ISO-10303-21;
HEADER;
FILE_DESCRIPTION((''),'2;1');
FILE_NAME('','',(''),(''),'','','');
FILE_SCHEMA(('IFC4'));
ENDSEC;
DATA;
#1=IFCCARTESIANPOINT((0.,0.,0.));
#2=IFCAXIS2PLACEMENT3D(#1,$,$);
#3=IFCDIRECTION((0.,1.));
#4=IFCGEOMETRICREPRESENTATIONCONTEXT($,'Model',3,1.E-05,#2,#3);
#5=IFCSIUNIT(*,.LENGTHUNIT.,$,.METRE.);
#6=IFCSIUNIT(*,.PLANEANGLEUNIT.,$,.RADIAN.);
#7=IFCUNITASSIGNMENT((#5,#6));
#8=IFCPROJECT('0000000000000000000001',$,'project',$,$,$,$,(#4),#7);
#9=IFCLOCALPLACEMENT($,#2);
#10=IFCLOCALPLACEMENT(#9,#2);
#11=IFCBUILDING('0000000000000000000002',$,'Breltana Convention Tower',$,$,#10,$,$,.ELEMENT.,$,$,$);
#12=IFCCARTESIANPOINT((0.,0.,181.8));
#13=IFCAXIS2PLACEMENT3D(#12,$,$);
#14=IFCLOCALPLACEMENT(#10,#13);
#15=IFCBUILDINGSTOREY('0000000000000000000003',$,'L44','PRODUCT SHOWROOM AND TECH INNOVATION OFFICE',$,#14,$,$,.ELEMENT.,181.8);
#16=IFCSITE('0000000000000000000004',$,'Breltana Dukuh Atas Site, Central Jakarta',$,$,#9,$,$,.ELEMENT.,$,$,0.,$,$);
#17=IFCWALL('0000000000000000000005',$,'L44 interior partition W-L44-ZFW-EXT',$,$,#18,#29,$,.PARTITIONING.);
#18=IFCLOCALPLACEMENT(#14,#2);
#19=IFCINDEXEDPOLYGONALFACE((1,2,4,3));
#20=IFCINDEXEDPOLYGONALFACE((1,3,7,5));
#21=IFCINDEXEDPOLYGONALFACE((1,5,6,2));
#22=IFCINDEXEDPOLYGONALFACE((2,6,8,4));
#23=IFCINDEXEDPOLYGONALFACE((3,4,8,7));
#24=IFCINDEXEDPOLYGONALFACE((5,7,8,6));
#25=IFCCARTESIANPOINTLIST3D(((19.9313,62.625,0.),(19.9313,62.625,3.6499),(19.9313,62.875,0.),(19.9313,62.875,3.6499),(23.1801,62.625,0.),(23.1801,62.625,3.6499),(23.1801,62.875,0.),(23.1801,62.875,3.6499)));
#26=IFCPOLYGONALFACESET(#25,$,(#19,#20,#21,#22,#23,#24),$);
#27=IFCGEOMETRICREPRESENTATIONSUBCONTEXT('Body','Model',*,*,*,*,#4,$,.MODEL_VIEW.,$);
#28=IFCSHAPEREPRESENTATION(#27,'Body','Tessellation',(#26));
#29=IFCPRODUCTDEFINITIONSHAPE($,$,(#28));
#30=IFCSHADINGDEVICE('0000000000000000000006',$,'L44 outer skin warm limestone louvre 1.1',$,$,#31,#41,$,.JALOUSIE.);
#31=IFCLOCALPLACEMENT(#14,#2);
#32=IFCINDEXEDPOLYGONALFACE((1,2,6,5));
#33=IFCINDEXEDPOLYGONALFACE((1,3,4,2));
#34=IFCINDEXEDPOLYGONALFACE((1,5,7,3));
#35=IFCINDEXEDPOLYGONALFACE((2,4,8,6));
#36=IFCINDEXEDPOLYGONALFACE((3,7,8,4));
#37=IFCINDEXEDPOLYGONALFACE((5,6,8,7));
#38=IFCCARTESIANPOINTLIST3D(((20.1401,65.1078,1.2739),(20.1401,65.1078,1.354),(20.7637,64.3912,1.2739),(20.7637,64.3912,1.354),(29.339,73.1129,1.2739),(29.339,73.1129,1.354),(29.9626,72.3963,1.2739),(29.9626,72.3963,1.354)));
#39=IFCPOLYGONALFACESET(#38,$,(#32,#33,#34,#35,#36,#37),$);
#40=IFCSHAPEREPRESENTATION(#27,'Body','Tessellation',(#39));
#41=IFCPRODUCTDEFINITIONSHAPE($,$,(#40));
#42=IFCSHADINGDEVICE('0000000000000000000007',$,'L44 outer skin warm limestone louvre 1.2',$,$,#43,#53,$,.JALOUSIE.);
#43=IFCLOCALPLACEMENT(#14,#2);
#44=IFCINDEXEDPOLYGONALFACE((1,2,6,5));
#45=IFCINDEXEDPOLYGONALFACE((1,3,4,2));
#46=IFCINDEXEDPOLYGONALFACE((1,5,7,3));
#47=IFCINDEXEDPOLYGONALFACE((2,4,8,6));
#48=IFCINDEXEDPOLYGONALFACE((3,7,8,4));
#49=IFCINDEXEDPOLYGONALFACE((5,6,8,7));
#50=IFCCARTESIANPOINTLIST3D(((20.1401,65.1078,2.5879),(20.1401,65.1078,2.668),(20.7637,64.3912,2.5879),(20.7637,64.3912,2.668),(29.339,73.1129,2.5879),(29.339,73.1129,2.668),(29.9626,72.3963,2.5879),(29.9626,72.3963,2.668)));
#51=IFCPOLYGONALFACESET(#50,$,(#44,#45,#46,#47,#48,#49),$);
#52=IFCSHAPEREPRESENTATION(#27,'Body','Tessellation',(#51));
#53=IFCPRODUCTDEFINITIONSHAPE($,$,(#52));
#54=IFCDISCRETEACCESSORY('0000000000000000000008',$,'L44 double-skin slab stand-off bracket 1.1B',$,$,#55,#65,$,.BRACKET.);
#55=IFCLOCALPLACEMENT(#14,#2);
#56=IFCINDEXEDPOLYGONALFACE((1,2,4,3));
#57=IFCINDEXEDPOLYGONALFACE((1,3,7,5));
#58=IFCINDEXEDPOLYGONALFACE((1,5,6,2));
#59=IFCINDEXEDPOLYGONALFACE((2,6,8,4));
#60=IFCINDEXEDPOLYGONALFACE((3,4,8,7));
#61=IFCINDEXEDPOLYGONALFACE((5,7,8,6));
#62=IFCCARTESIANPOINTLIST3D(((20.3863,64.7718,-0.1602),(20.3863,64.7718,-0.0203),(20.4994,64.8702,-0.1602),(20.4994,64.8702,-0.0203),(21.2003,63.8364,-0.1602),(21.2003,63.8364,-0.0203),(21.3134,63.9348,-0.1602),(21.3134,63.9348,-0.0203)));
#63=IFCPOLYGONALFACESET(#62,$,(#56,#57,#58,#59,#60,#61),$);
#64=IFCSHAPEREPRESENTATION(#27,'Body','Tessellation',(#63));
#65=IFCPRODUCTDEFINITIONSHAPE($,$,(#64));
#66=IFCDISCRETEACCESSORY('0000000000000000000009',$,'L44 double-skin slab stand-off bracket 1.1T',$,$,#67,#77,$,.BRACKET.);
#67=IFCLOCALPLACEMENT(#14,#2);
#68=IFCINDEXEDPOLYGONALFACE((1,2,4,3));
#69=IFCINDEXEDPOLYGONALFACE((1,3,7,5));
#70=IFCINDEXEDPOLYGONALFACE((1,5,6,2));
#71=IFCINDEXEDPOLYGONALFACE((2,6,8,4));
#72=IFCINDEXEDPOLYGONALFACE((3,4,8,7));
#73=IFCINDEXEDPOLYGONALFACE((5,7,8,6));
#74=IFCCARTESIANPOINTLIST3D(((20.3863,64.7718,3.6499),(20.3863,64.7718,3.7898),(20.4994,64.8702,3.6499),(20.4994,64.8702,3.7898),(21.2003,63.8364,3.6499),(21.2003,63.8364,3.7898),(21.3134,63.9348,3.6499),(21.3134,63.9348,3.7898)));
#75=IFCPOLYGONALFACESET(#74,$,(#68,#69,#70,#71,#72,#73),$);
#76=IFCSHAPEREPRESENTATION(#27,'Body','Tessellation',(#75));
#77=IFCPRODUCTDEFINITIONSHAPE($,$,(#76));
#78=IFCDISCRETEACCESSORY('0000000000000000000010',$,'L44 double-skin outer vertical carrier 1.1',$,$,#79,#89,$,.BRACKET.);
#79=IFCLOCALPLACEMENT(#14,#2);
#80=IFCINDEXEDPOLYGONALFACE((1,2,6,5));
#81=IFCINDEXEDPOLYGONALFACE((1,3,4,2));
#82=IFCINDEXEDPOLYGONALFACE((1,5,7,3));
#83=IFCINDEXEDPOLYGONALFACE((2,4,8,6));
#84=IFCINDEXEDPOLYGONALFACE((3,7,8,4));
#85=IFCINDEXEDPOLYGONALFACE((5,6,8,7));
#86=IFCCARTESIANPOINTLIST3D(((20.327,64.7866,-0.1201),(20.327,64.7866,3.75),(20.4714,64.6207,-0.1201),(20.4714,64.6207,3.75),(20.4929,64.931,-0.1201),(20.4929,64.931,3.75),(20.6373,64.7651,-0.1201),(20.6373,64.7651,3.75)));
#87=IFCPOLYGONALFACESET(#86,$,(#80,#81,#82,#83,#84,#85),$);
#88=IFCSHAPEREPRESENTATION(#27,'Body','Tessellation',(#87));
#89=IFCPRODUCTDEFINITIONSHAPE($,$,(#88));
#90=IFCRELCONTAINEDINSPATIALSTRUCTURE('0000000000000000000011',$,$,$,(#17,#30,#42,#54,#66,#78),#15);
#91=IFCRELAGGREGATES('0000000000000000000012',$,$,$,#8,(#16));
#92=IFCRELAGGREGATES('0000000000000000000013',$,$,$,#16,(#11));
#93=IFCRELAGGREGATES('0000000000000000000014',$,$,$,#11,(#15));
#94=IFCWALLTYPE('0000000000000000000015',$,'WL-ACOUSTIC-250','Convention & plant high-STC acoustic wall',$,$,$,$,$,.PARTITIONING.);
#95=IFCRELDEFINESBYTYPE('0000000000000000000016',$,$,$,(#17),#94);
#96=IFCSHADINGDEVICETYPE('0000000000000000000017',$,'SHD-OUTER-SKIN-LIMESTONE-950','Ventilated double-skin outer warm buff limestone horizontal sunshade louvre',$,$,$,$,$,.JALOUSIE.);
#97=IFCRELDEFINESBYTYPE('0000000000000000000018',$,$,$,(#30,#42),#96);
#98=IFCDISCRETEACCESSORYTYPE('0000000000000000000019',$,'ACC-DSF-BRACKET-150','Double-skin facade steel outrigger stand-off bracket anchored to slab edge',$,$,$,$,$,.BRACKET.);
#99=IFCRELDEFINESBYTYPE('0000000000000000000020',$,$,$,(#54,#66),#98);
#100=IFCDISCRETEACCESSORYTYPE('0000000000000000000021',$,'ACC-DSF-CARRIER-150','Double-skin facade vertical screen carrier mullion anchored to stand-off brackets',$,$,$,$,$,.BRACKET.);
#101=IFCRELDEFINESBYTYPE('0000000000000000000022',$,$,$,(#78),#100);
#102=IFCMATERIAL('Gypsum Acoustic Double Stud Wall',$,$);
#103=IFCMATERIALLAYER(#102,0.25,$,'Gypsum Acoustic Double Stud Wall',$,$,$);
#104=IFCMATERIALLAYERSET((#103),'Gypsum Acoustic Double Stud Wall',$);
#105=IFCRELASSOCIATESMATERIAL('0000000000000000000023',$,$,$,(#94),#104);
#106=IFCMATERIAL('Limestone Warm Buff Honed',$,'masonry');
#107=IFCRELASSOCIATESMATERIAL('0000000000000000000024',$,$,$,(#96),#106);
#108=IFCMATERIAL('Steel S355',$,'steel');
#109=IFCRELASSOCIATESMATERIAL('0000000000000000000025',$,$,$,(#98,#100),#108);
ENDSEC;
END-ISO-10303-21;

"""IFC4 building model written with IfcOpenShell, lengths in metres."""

from ifc_helpers import new_model, si_unit, direction, frame, frame_2d, origin, origin_2d, place, context, subcontext, project, spatial, rectangle, extrude, source, transform, mapped, material, layer, layer_set, material_profile, profile_set, type_object, type_shapes, element, save


model = new_model("IFC4")

# Units and contexts
model_context = context("Model", 3, precision=1e-05, world=origin(), true_north=direction((0.0, 1.0)))
body_context = subcontext(model_context, "Body", "Model", "MODEL_VIEW")
ifc_project = project(units=[si_unit("LENGTHUNIT", "METRE"), si_unit("PLANEANGLEUNIT", "RADIAN")], contexts=[model_context])

# Site, building, storey
site_placement = place(None, origin())
site = spatial("IfcSite", under=ifc_project, at=site_placement, Name="Breltana Dukuh Atas Site, Central Jakarta", CompositionType="ELEMENT", RefElevation=0.0)
building_placement = place(site_placement, origin())
building = spatial("IfcBuilding", under=site, at=building_placement, Name="Breltana Convention Tower", CompositionType="ELEMENT")
storey_placement = place(building_placement, frame((0.0, 0.0, 181.8)))
storey = spatial("IfcBuildingStorey", under=building, at=storey_placement, Name="L44", Description="PRODUCT SHOWROOM AND TECH INNOVATION OFFICE", CompositionType="ELEMENT", Elevation=181.8)

# Wall
ifc_material_1 = material(Name="Gypsum Acoustic Double Stud Wall")
ifc_layer_1 = layer(ifc_material_1, 0.25, Name="Gypsum Acoustic Double Stud Wall")
ifc_layer_set_1 = layer_set([ifc_layer_1], Name="Gypsum Acoustic Double Stud Wall")
wall_type_1 = type_object("IfcWallType", Name="WL-ACOUSTIC-250", Description="Convention & plant high-STC acoustic wall", PredefinedType="PARTITIONING", material=ifc_layer_set_1)
shared_shape_1 = source(origin(), body_context, "Body", "SweptSolid", [
    extrude(rectangle(XDim=3.2488, YDim=0.25, at=frame_2d((1.6245, 0.0))), origin(), (0.0, 0.0, 1.0), 3.6499),
])
wall_1_placement = place(storey_placement, frame((19.9312, 62.75, 0.0), z_axis=(0.0, 0.0, 1.0), x_axis=(1.0, 0.0, 0.0)))
element("IfcWall", 1, at=wall_1_placement, inside=storey, type_object=wall_type_1, Name="L44 interior partition W-L44-ZFW-EXT", PredefinedType="PARTITIONING", context=body_context, shape_type="MappedRepresentation", body=[
    mapped(shared_shape_1, transform((0.0, 0.0, 0.0), scale=1.0)),
])

# Shading devices
ifc_material_2 = material(Name="Limestone Warm Buff Honed", Category="masonry")
ifc_material_profile_1 = material_profile(ifc_material_2, rectangle(XDim=0.95, YDim=0.0801, at=origin_2d()), Name="STN-LVR-950X80")
ifc_profile_set_1 = profile_set([ifc_material_profile_1], Name="Limestone Warm Buff Honed")
shading_device_type = type_object("IfcShadingDeviceType", Name="SHD-OUTER-SKIN-LIMESTONE-950", Description="Ventilated double-skin outer warm buff limestone horizontal sunshade louvre", PredefinedType="JALOUSIE", material=ifc_profile_set_1)
shared_shape_2 = source(origin(), body_context, "Body", "SweptSolid", [
    extrude(rectangle(XDim=0.95, YDim=0.0801, at=origin_2d()), origin(), (0.0, 0.0, 1.0), 12.1943),
])
type_shapes(shading_device_type, [shared_shape_2])
for number, where, z_axis, x_axis, name in (
    (2, (20.4519, 64.7495, 1.314), (0.754361, 0.65646, 0.0), (-0.65646, 0.754361, 0.0), "L44 outer skin warm limestone louvre 1.1"),
    (3, (20.4519, 64.7495, 2.6279), (0.754361, 0.65646, 0.0), (-0.65646, 0.754361, 0.0), "L44 outer skin warm limestone louvre 1.2"),
):
    element("IfcShadingDevice", number, at=place(storey_placement, frame(where, z_axis=z_axis, x_axis=x_axis)), inside=storey, type_object=shading_device_type, Name=name, PredefinedType="JALOUSIE", context=body_context, shape_type="MappedRepresentation", body=[
        mapped(shared_shape_2, transform((0.0, 0.0, 0.0), scale=1.0)),
    ])

# Discrete accessories
ifc_material_3 = material(Name="Steel S355", Category="steel")
discrete_accessory_type_1 = type_object("IfcDiscreteAccessoryType", Name="ACC-DSF-BRACKET-150", Description="Double-skin facade steel outrigger stand-off bracket anchored to slab edge", PredefinedType="BRACKET", material=ifc_material_3)
shared_shape_3 = source(origin(), body_context, "Body", "SweptSolid", [
    extrude(rectangle(XDim=1.24, YDim=0.1499, at=origin_2d()), origin(), (0.0, 0.0, 1.0), 0.1399),
])
type_shapes(discrete_accessory_type_1, [shared_shape_3])
for number, where, z_axis, x_axis, name in (
    (4, (20.8499, 64.3533, -0.1602), (0.0, 0.0, 1.0), (-0.656456, 0.754365, 0.0), "L44 double-skin slab stand-off bracket 1.1B"),
    (5, (20.8499, 64.3533, 3.6499), (0.0, 0.0, 1.0), (-0.656456, 0.754365, 0.0), "L44 double-skin slab stand-off bracket 1.1T"),
):
    element("IfcDiscreteAccessory", number, at=place(storey_placement, frame(where, z_axis=z_axis, x_axis=x_axis)), inside=storey, type_object=discrete_accessory_type_1, Name=name, PredefinedType="BRACKET", context=body_context, shape_type="MappedRepresentation", body=[
        mapped(shared_shape_3, transform((0.0, 0.0, 0.0), scale=1.0)),
    ])
discrete_accessory_type_2 = type_object("IfcDiscreteAccessoryType", Name="ACC-DSF-CARRIER-150", Description="Double-skin facade vertical screen carrier mullion anchored to stand-off brackets", PredefinedType="BRACKET", material=ifc_material_3)
shared_shape_4 = source(origin(), body_context, "Body", "SweptSolid", [
    extrude(rectangle(XDim=0.22, YDim=0.22, at=origin_2d()), origin(), (0.0, 0.0, 1.0), 3.8701),
])
discrete_accessory_placement = place(storey_placement, frame((20.4822, 64.7759, -0.1201), z_axis=(0.0, 0.0, 1.0), x_axis=(-0.656456, 0.754365, 0.0)))
element("IfcDiscreteAccessory", 6, at=discrete_accessory_placement, inside=storey, type_object=discrete_accessory_type_2, Name="L44 double-skin outer vertical carrier 1.1", PredefinedType="BRACKET", context=body_context, shape_type="MappedRepresentation", body=[
    mapped(shared_shape_4, transform((0.0, 0.0, 0.0), scale=1.0)),
])

save(model, "model.ifc")
